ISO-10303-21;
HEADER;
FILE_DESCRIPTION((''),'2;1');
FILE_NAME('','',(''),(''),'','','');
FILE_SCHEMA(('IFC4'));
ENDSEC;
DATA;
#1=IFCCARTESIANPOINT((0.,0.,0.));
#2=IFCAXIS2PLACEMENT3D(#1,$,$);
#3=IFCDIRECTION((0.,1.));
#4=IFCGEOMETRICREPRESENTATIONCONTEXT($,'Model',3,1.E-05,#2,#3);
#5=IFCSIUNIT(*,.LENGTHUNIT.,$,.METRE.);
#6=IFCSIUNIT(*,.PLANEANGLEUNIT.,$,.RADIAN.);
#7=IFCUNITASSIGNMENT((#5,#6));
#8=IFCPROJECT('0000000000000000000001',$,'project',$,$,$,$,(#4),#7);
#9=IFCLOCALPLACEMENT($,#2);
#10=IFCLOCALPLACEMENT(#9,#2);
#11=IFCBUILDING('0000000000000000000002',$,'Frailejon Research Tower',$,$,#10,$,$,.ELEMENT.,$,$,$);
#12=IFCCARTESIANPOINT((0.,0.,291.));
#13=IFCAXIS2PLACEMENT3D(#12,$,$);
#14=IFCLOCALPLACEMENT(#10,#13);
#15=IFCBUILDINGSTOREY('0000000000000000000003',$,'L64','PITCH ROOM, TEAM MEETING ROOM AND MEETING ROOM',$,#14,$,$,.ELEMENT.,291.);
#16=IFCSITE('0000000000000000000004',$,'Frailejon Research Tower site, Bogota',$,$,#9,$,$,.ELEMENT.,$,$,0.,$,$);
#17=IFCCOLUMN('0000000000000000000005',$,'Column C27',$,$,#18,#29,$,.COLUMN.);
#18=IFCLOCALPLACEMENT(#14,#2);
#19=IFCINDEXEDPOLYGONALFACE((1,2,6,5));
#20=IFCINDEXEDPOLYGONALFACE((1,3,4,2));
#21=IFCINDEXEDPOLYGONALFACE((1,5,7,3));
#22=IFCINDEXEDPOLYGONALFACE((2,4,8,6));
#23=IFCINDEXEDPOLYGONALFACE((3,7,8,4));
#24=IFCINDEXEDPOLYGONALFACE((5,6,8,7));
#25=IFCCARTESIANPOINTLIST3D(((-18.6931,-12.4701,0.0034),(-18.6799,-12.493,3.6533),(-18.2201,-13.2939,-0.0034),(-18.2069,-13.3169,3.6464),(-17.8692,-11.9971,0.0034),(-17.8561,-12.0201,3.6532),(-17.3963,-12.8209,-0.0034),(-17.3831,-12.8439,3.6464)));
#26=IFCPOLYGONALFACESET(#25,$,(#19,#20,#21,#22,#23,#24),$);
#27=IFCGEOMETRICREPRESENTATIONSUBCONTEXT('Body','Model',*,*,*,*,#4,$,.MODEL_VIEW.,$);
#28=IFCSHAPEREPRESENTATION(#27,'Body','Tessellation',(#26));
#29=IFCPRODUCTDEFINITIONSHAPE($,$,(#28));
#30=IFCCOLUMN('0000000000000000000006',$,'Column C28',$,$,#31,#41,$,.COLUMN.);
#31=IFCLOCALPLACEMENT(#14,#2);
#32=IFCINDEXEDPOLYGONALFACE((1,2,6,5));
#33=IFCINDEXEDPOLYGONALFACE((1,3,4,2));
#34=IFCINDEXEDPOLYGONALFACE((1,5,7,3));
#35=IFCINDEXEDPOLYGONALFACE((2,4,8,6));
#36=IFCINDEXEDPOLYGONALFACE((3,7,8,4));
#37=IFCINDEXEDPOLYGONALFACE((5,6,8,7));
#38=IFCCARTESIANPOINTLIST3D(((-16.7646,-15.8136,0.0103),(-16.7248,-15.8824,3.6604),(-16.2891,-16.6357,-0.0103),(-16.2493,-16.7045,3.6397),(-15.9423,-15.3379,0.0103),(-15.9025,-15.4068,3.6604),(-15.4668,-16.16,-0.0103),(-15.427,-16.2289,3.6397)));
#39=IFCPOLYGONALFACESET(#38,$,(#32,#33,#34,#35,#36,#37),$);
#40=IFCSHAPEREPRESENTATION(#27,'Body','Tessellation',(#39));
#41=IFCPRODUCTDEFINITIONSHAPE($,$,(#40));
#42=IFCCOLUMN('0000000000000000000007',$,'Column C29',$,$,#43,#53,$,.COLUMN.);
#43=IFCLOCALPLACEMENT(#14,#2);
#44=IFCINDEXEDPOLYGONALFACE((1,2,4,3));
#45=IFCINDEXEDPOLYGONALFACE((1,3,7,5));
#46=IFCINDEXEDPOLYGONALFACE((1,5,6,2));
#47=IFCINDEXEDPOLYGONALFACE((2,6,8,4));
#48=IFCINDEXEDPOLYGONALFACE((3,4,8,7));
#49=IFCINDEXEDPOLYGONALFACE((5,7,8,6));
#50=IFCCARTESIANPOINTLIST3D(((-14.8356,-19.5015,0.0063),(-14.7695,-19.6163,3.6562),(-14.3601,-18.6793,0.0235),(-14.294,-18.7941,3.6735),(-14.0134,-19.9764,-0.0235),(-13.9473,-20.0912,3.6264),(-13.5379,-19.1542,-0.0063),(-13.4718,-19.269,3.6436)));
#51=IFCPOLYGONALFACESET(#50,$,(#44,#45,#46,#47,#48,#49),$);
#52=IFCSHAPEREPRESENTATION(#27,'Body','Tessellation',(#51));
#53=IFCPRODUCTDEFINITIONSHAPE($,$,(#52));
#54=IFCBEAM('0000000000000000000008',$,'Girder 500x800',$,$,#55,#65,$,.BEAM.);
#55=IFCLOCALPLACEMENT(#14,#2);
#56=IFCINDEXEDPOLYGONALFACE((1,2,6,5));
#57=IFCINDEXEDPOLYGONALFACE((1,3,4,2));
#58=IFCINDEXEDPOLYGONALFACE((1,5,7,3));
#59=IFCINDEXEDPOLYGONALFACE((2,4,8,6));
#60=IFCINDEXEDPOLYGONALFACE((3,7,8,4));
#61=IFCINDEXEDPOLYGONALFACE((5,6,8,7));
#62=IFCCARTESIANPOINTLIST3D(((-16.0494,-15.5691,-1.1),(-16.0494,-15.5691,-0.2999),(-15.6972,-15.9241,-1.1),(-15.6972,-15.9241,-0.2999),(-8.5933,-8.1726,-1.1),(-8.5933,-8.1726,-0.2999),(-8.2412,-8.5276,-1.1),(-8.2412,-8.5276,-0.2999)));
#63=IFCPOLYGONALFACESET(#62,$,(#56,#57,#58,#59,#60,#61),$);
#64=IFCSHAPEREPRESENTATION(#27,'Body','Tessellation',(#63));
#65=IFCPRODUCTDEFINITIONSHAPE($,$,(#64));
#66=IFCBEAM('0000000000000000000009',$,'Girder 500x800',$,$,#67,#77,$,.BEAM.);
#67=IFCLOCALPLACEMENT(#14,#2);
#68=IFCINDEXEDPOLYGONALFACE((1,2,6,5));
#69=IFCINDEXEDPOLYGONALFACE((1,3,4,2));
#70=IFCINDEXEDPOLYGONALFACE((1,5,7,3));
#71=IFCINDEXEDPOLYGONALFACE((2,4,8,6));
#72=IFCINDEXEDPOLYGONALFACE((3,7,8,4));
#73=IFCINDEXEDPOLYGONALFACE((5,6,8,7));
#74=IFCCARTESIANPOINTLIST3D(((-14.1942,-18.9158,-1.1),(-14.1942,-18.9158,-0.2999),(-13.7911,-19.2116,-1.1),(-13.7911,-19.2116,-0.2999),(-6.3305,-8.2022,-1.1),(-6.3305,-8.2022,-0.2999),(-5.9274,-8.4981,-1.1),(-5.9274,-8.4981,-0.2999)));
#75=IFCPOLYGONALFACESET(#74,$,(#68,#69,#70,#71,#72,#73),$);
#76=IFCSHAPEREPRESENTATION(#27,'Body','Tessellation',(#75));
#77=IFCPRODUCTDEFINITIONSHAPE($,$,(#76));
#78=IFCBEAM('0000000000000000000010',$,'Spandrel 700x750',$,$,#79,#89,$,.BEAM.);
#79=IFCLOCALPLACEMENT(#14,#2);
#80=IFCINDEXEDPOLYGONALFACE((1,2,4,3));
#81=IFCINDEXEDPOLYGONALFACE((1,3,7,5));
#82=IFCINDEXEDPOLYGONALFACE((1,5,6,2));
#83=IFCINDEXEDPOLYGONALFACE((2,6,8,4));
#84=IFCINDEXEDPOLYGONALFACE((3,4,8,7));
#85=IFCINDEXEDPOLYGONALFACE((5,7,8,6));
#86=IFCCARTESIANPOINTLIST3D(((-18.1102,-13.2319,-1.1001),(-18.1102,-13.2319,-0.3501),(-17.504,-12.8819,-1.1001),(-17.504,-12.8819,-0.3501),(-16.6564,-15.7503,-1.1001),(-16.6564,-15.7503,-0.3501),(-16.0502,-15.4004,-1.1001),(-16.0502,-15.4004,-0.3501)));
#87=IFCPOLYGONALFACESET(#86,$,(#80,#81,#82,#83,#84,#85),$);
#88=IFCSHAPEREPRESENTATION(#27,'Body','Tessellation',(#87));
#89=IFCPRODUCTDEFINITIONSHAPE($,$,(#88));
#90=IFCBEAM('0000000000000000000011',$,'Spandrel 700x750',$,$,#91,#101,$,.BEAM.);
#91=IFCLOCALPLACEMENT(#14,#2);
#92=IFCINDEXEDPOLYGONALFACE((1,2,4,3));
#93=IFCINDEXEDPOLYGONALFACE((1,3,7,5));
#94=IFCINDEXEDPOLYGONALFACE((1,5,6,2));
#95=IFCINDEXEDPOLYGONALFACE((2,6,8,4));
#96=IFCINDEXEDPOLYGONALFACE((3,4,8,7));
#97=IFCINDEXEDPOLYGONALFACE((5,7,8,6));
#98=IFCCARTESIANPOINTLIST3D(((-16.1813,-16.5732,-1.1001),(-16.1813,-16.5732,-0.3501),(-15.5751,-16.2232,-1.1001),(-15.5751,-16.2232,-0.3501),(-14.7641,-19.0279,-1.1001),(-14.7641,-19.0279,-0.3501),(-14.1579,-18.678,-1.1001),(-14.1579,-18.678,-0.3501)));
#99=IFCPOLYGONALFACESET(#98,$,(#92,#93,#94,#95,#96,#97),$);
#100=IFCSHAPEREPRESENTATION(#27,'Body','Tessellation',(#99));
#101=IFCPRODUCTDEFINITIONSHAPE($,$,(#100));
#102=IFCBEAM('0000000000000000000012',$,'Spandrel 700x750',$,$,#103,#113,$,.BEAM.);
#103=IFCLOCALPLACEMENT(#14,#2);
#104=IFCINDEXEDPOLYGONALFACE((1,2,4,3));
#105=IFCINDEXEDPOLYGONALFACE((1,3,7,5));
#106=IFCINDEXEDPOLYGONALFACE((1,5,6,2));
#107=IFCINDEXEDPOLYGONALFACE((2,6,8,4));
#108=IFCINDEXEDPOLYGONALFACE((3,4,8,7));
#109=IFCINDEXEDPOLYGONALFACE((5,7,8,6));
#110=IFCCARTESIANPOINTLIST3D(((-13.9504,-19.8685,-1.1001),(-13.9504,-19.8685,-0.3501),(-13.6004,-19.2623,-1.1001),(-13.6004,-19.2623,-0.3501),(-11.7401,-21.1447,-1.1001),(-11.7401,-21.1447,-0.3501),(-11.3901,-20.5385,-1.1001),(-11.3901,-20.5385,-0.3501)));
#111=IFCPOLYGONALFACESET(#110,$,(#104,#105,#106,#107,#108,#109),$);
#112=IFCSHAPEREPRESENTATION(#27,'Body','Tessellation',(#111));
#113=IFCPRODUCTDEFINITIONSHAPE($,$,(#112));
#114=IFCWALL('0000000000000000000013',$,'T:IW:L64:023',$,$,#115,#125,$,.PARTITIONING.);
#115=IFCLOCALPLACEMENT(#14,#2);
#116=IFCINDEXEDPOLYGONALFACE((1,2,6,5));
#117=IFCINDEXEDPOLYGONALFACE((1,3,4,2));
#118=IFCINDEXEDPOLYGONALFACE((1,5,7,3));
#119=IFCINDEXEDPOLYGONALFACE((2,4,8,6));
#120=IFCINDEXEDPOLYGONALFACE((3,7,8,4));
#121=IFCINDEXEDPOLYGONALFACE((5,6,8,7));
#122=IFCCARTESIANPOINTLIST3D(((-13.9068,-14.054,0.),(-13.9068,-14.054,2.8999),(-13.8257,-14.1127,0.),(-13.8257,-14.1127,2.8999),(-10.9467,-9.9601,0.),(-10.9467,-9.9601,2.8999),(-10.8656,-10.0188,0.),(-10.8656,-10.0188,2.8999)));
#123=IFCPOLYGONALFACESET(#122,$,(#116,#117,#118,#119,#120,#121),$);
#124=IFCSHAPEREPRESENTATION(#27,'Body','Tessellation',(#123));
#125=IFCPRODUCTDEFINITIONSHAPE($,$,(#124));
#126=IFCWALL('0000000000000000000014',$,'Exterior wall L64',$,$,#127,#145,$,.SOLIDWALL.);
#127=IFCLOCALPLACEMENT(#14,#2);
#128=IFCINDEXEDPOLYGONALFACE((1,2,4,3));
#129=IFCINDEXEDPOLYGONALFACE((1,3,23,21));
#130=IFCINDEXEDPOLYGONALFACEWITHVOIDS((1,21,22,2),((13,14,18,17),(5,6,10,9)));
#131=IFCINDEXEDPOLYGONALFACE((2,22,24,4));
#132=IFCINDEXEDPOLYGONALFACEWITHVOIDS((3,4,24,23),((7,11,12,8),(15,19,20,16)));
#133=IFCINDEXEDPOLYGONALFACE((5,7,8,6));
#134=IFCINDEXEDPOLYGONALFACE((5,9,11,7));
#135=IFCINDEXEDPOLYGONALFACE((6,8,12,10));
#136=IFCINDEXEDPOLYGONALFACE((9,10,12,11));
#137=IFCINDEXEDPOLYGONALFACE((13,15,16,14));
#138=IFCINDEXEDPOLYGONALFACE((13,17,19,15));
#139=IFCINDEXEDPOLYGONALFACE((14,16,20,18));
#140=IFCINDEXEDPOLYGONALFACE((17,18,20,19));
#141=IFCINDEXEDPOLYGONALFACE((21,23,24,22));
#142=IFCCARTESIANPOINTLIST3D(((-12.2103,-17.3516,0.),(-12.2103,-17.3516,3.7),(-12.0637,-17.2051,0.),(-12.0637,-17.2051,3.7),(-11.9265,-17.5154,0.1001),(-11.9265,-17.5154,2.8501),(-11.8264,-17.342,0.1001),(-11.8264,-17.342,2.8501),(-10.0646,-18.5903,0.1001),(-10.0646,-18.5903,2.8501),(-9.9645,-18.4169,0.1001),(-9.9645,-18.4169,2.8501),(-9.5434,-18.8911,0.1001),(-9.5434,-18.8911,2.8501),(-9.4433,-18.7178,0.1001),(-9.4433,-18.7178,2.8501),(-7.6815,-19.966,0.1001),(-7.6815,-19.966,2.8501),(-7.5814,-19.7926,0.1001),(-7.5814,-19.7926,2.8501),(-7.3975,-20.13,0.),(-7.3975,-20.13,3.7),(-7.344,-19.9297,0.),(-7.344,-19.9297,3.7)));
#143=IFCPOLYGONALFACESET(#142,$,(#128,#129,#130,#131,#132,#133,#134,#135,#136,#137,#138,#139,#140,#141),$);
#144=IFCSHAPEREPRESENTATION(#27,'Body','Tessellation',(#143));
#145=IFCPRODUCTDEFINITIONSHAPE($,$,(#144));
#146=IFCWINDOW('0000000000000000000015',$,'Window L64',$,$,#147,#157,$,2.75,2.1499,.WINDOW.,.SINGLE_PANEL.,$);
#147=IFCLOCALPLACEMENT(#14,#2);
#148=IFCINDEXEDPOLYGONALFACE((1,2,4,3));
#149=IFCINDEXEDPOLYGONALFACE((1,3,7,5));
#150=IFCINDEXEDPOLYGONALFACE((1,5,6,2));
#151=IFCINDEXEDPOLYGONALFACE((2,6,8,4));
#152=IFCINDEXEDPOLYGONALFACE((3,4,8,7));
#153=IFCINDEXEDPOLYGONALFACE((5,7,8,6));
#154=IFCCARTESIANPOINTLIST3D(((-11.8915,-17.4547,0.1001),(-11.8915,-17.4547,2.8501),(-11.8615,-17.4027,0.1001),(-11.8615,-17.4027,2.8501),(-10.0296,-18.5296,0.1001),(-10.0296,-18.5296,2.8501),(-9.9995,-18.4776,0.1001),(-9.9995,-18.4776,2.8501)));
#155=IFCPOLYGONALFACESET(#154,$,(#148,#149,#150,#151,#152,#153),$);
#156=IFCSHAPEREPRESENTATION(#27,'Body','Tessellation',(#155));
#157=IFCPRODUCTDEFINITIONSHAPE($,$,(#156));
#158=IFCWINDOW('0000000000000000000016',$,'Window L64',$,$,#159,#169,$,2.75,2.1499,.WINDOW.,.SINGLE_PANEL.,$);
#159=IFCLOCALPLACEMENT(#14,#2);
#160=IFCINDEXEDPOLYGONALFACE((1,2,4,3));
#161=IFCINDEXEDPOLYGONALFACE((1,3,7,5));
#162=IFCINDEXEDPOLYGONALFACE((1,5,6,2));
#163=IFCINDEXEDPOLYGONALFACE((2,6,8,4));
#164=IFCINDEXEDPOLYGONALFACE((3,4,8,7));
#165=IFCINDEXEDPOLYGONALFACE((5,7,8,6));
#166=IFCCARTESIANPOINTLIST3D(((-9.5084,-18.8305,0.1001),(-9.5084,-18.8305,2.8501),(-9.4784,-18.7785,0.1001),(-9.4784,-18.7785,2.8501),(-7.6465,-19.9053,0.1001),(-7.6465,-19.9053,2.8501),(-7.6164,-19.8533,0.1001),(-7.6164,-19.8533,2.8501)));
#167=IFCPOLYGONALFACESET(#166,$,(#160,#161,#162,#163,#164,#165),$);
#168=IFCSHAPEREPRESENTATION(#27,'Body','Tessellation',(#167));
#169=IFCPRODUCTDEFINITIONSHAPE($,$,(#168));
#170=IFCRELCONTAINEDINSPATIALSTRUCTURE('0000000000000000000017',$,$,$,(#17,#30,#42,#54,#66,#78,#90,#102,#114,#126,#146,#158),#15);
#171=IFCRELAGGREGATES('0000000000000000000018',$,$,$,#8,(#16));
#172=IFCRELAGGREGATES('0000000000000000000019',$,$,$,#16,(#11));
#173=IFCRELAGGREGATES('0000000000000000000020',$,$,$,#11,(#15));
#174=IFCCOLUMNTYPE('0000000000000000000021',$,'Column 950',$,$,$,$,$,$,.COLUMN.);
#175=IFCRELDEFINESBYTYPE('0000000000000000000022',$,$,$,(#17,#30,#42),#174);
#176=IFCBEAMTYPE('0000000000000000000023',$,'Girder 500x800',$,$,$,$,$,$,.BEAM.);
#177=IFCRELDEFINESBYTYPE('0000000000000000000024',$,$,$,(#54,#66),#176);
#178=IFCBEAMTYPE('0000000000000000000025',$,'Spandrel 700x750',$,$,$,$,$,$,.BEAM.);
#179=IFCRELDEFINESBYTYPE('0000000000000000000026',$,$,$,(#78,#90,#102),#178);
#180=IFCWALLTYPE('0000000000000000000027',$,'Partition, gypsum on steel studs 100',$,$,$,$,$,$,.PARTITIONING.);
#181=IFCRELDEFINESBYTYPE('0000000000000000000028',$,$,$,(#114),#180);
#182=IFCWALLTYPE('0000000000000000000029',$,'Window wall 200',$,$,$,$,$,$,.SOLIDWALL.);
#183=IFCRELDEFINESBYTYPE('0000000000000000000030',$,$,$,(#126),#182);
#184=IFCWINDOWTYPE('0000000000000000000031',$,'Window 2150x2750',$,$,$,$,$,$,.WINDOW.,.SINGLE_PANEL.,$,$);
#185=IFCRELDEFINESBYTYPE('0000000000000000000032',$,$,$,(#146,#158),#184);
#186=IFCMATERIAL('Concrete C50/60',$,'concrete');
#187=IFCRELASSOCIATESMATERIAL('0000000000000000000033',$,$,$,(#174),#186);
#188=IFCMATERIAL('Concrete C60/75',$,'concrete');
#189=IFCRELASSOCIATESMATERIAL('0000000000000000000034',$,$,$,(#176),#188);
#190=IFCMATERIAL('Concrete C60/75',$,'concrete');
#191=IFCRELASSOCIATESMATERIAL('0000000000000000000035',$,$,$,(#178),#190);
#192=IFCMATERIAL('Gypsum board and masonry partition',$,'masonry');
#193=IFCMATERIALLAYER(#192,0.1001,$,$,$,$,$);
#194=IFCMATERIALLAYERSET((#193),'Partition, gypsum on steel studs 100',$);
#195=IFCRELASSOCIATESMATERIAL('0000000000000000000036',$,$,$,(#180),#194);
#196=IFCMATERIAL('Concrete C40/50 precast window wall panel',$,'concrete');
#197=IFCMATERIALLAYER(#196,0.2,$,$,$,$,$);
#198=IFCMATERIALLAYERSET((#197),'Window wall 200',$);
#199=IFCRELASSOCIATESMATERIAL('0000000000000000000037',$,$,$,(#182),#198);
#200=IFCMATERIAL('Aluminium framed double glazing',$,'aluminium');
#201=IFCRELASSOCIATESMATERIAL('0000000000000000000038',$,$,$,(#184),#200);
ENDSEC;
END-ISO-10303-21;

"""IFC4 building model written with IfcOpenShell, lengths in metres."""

from ifc_helpers import new_model, si_unit, direction, frame, frame_2d, origin, origin_2d, place, context, subcontext, project, spatial, polyline, rectangle, outline, extrude, material, layer, layer_set, material_profile, profile_set, type_object, element, fill, save


model = new_model("IFC4")

# Units and contexts
model_context = context("Model", 3, precision=1e-05, world=origin(), true_north=direction((0.0, 1.0)))
body_context = subcontext(model_context, "Body", "Model", "MODEL_VIEW")
ifc_project = project(units=[si_unit("LENGTHUNIT", "METRE"), si_unit("PLANEANGLEUNIT", "RADIAN")], contexts=[model_context])

# Site, building, storey
site_placement = place(None, origin())
site = spatial("IfcSite", under=ifc_project, at=site_placement, Name="Frailejon Research Tower site, Bogota", CompositionType="ELEMENT", RefElevation=0.0)
building_placement = place(site_placement, origin())
building = spatial("IfcBuilding", under=site, at=building_placement, Name="Frailejon Research Tower", CompositionType="ELEMENT")
storey_placement = place(building_placement, frame((0.0, 0.0, 291.0)))
storey = spatial("IfcBuildingStorey", under=building, at=storey_placement, Name="L64", Description="PITCH ROOM, TEAM MEETING ROOM AND MEETING ROOM", CompositionType="ELEMENT", Elevation=291.0)

# Columns
ifc_material_1 = material(Name="Concrete C50/60", Category="concrete")
ifc_material_profile_1 = material_profile(ifc_material_1, rectangle(XDim=0.95, YDim=0.95, at=origin_2d()), Name="Column 950")
ifc_profile_set_1 = profile_set([ifc_material_profile_1], Name="Concrete C50/60")
column_type = type_object("IfcColumnType", Name="Column 950", PredefinedType="COLUMN", material=ifc_profile_set_1)
column_1_placement = place(storey_placement, frame((-18.0447, -12.6455, 0.0), z_axis=(0.003612, -0.006287, 0.999974), x_axis=(0.49789, -0.86721, -0.007251)))
element("IfcColumn", 1, at=column_1_placement, inside=storey, type_object=column_type, Name="Column C27", PredefinedType="COLUMN", context=body_context, shape_type="SweptSolid", body=[
    extrude(rectangle(XDim=0.95, YDim=0.95, at=origin_2d()), origin(), (0.0, 0.0, 1.0), 3.6499),
])
column_2_placement = place(storey_placement, frame((-16.1157, -15.9868, 0.0), z_axis=(0.0109, -0.018858, 0.999763), x_axis=(0.50059, -0.86541, -0.021782)))
element("IfcColumn", 2, at=column_2_placement, inside=storey, type_object=column_type, Name="Column C28", PredefinedType="COLUMN", context=body_context, shape_type="SweptSolid", body=[
    extrude(rectangle(XDim=0.95, YDim=0.95, at=origin_2d()), origin(), (0.0, 0.0, 1.0), 3.6509),
])
column_3_placement = place(storey_placement, frame((-14.1868, -19.3279, 0.0), z_axis=(0.018115, -0.031417, 0.999342), x_axis=(0.86552, -0.499889, -0.031405)))
element("IfcColumn", 3, at=column_3_placement, inside=storey, type_object=column_type, Name="Column C29", PredefinedType="COLUMN", context=body_context, shape_type="SweptSolid", body=[
    extrude(rectangle(XDim=0.95, YDim=0.95, at=origin_2d()), origin(), (0.0, 0.0, 1.0), 3.6523),
])

# Beams
ifc_material_2 = material(Name="Concrete C60/75", Category="concrete")
ifc_material_profile_2 = material_profile(ifc_material_2, rectangle(XDim=0.5, YDim=0.8, at=origin_2d()), Name="Girder 500x800")
ifc_profile_set_2 = profile_set([ifc_material_profile_2], Name="Concrete C60/75")
beam_type_1 = type_object("IfcBeamType", Name="Girder 500x800", PredefinedType="BEAM", material=ifc_profile_set_2)
beam_1_placement = place(storey_placement, frame((-15.8733, -15.7466, -0.7), z_axis=(0.709937, 0.704265, 0.0), x_axis=(-0.704265, 0.709937, 0.0)))
element("IfcBeam", 4, at=beam_1_placement, inside=storey, type_object=beam_type_1, Name="Girder 500x800", PredefinedType="BEAM", context=body_context, shape_type="SweptSolid", body=[
    extrude(rectangle(XDim=0.5, YDim=0.8, at=origin_2d()), origin(), (0.0, 0.0, 1.0), 10.5024),
])
beam_2_placement = place(storey_placement, frame((-13.9927, -19.0637, -0.7), z_axis=(0.591712, 0.80615, 0.0), x_axis=(-0.80615, 0.591712, 0.0)))
element("IfcBeam", 5, at=beam_2_placement, inside=storey, type_object=beam_type_1, Name="Girder 500x800", PredefinedType="BEAM", context=body_context, shape_type="SweptSolid", body=[
    extrude(rectangle(XDim=0.5, YDim=0.8, at=origin_2d()), origin(), (0.0, 0.0, 1.0), 13.2898),
])
ifc_material_3 = material(Name="Concrete C60/75", Category="concrete")
ifc_material_profile_3 = material_profile(ifc_material_3, rectangle(XDim=0.7, YDim=0.75, at=origin_2d()), Name="Spandrel 700x750")
ifc_profile_set_3 = profile_set([ifc_material_profile_3], Name="Concrete C60/75")
beam_type_2 = type_object("IfcBeamType", Name="Spandrel 700x750", PredefinedType="BEAM", material=ifc_profile_set_3)
beam_3_placement = place(storey_placement, frame((-17.8071, -13.0569, -0.7251), z_axis=(0.49994, -0.86606, 0.0), x_axis=(0.86606, 0.49994, 0.0)))
element("IfcBeam", 6, at=beam_3_placement, inside=storey, type_object=beam_type_2, Name="Spandrel 700x750", PredefinedType="BEAM", context=body_context, shape_type="SweptSolid", body=[
    extrude(rectangle(XDim=0.7, YDim=0.75, at=origin_2d()), origin(), (0.0, 0.0, 1.0), 2.908),
])
beam_4_placement = place(storey_placement, frame((-15.8782, -16.3982, -0.7251), z_axis=(0.499983, -0.866035, 0.0), x_axis=(0.866035, 0.499983, 0.0)))
element("IfcBeam", 7, at=beam_4_placement, inside=storey, type_object=beam_type_2, Name="Spandrel 700x750", PredefinedType="BEAM", context=body_context, shape_type="SweptSolid", body=[
    extrude(rectangle(XDim=0.7, YDim=0.75, at=origin_2d()), origin(), (0.0, 0.0, 1.0), 2.8345),
])
beam_5_placement = place(storey_placement, frame((-13.7754, -19.5654, -0.7251), z_axis=(0.866015, -0.500018, 0.0), x_axis=(0.500018, 0.866015, 0.0)))
element("IfcBeam", 8, at=beam_5_placement, inside=storey, type_object=beam_type_2, Name="Spandrel 700x750", PredefinedType="BEAM", context=body_context, shape_type="SweptSolid", body=[
    extrude(rectangle(XDim=0.7, YDim=0.75, at=origin_2d()), origin(), (0.0, 0.0, 1.0), 2.5522),
])

# Wall
ifc_material_4 = material(Name="Gypsum board and masonry partition", Category="masonry")
ifc_layer_1 = layer(ifc_material_4, 0.1001)
ifc_layer_set_1 = layer_set([ifc_layer_1], Name="Partition, gypsum on steel studs 100")
wall_type_1 = type_object("IfcWallType", Name="Partition, gypsum on steel studs 100", PredefinedType="PARTITIONING", material=ifc_layer_set_1)
wall_1_placement = place(storey_placement, frame((-13.8662, -14.0833, 0.0), z_axis=(0.0, 0.0, 1.0), x_axis=(0.585937, 0.810357, 0.0)))
element("IfcWall", 9, at=wall_1_placement, inside=storey, type_object=wall_type_1, Name="T:IW:L64:023", PredefinedType="PARTITIONING", context=body_context, shape_type="SweptSolid", body=[
    extrude(rectangle(XDim=5.052, YDim=0.1001, at=frame_2d((2.5259, 0.0))), origin(), (0.0, 0.0, 1.0), 2.8999),
])

# Wall, openings, windows
ifc_material_5 = material(Name="Concrete C40/50 precast window wall panel", Category="concrete")
ifc_layer_2 = layer(ifc_material_5, 0.2)
ifc_layer_set_2 = layer_set([ifc_layer_2], Name="Window wall 200")
wall_type_2 = type_object("IfcWallType", Name="Window wall 200", PredefinedType="SOLIDWALL", material=ifc_layer_set_2)
wall_2_placement = place(storey_placement, frame((-12.137, -17.2783, 0.0), z_axis=(0.0, 0.0, 1.0), x_axis=(0.866045, -0.499966, 0.0)))
wall_2 = element("IfcWall", 10, at=wall_2_placement, inside=storey, type_object=wall_type_2, Name="Exterior wall L64", PredefinedType="SOLIDWALL", context=body_context, shape_type="SweptSolid", body=[
    extrude(outline(polyline([(-0.0269, -0.1001), (1.0845, -0.1001), (2.196, -0.1001), (3.3074, -0.1001), (4.4189, -0.1001), (5.5303, -0.1001), (5.4766, 0.1001), (4.3867, 0.1001), (3.2966, 0.1001), (2.2068, 0.1001), (1.1167, 0.1001), (0.0269, 0.1001), (-0.0269, -0.1001)])), origin(), (0.0, 0.0, 1.0), 3.7),
])
opening_1_placement = place(wall_2_placement, frame((0.3008, 0.0, 0.1001)))
opening_1 = element("IfcOpeningElement", 11, at=opening_1_placement, cuts=wall_2, PredefinedType="OPENING", context=body_context, shape_type="SweptSolid", body=[
    extrude(rectangle(XDim=2.1499, YDim=2.75, at=frame_2d((1.075, 1.375))), frame((0.0, 0.1099, 0.0), z_axis=(0.0, -1.0, 0.0), x_axis=(1.0, 0.0, 0.0)), (0.0, 0.0, 1.0), 0.22),
])
opening_2_placement = place(wall_2_placement, frame((3.0525, 0.0, 0.1001)))
opening_2 = element("IfcOpeningElement", 12, at=opening_2_placement, cuts=wall_2, PredefinedType="OPENING", context=body_context, shape_type="SweptSolid", body=[
    extrude(rectangle(XDim=2.1499, YDim=2.75, at=frame_2d((1.075, 1.375))), frame((0.0, 0.1099, 0.0), z_axis=(0.0, -1.0, 0.0), x_axis=(1.0, 0.0, 0.0)), (0.0, 0.0, 1.0), 0.22),
])
ifc_material_6 = material(Name="Aluminium framed double glazing", Category="aluminium")
window_type = type_object("IfcWindowType", Name="Window 2150x2750", PartitioningType="SINGLE_PANEL", PredefinedType="WINDOW", material=ifc_material_6)
window_1_placement = place(opening_1_placement, origin())
window_1 = element("IfcWindow", 13, at=window_1_placement, inside=storey, type_object=window_type, Name="Window L64", OverallHeight=2.75, OverallWidth=2.1499, PartitioningType="SINGLE_PANEL", PredefinedType="WINDOW", context=body_context, shape_type="SweptSolid", body=[
    extrude(rectangle(XDim=2.1499, YDim=2.75, at=frame_2d((1.075, 1.375))), frame((0.0, 0.03, 0.0), z_axis=(0.0, -1.0, 0.0), x_axis=(1.0, 0.0, 0.0)), (0.0, 0.0, 1.0), 0.0601),
])
fill(opening_1, window_1)
window_2_placement = place(opening_2_placement, origin())
window_2 = element("IfcWindow", 14, at=window_2_placement, inside=storey, type_object=window_type, Name="Window L64", OverallHeight=2.75, OverallWidth=2.1499, PartitioningType="SINGLE_PANEL", PredefinedType="WINDOW", context=body_context, shape_type="SweptSolid", body=[
    extrude(rectangle(XDim=2.1499, YDim=2.75, at=frame_2d((1.075, 1.375))), frame((0.0, 0.03, 0.0), z_axis=(0.0, -1.0, 0.0), x_axis=(1.0, 0.0, 0.0)), (0.0, 0.0, 1.0), 0.0601),
])
fill(opening_2, window_2)

save(model, "model.ifc")
